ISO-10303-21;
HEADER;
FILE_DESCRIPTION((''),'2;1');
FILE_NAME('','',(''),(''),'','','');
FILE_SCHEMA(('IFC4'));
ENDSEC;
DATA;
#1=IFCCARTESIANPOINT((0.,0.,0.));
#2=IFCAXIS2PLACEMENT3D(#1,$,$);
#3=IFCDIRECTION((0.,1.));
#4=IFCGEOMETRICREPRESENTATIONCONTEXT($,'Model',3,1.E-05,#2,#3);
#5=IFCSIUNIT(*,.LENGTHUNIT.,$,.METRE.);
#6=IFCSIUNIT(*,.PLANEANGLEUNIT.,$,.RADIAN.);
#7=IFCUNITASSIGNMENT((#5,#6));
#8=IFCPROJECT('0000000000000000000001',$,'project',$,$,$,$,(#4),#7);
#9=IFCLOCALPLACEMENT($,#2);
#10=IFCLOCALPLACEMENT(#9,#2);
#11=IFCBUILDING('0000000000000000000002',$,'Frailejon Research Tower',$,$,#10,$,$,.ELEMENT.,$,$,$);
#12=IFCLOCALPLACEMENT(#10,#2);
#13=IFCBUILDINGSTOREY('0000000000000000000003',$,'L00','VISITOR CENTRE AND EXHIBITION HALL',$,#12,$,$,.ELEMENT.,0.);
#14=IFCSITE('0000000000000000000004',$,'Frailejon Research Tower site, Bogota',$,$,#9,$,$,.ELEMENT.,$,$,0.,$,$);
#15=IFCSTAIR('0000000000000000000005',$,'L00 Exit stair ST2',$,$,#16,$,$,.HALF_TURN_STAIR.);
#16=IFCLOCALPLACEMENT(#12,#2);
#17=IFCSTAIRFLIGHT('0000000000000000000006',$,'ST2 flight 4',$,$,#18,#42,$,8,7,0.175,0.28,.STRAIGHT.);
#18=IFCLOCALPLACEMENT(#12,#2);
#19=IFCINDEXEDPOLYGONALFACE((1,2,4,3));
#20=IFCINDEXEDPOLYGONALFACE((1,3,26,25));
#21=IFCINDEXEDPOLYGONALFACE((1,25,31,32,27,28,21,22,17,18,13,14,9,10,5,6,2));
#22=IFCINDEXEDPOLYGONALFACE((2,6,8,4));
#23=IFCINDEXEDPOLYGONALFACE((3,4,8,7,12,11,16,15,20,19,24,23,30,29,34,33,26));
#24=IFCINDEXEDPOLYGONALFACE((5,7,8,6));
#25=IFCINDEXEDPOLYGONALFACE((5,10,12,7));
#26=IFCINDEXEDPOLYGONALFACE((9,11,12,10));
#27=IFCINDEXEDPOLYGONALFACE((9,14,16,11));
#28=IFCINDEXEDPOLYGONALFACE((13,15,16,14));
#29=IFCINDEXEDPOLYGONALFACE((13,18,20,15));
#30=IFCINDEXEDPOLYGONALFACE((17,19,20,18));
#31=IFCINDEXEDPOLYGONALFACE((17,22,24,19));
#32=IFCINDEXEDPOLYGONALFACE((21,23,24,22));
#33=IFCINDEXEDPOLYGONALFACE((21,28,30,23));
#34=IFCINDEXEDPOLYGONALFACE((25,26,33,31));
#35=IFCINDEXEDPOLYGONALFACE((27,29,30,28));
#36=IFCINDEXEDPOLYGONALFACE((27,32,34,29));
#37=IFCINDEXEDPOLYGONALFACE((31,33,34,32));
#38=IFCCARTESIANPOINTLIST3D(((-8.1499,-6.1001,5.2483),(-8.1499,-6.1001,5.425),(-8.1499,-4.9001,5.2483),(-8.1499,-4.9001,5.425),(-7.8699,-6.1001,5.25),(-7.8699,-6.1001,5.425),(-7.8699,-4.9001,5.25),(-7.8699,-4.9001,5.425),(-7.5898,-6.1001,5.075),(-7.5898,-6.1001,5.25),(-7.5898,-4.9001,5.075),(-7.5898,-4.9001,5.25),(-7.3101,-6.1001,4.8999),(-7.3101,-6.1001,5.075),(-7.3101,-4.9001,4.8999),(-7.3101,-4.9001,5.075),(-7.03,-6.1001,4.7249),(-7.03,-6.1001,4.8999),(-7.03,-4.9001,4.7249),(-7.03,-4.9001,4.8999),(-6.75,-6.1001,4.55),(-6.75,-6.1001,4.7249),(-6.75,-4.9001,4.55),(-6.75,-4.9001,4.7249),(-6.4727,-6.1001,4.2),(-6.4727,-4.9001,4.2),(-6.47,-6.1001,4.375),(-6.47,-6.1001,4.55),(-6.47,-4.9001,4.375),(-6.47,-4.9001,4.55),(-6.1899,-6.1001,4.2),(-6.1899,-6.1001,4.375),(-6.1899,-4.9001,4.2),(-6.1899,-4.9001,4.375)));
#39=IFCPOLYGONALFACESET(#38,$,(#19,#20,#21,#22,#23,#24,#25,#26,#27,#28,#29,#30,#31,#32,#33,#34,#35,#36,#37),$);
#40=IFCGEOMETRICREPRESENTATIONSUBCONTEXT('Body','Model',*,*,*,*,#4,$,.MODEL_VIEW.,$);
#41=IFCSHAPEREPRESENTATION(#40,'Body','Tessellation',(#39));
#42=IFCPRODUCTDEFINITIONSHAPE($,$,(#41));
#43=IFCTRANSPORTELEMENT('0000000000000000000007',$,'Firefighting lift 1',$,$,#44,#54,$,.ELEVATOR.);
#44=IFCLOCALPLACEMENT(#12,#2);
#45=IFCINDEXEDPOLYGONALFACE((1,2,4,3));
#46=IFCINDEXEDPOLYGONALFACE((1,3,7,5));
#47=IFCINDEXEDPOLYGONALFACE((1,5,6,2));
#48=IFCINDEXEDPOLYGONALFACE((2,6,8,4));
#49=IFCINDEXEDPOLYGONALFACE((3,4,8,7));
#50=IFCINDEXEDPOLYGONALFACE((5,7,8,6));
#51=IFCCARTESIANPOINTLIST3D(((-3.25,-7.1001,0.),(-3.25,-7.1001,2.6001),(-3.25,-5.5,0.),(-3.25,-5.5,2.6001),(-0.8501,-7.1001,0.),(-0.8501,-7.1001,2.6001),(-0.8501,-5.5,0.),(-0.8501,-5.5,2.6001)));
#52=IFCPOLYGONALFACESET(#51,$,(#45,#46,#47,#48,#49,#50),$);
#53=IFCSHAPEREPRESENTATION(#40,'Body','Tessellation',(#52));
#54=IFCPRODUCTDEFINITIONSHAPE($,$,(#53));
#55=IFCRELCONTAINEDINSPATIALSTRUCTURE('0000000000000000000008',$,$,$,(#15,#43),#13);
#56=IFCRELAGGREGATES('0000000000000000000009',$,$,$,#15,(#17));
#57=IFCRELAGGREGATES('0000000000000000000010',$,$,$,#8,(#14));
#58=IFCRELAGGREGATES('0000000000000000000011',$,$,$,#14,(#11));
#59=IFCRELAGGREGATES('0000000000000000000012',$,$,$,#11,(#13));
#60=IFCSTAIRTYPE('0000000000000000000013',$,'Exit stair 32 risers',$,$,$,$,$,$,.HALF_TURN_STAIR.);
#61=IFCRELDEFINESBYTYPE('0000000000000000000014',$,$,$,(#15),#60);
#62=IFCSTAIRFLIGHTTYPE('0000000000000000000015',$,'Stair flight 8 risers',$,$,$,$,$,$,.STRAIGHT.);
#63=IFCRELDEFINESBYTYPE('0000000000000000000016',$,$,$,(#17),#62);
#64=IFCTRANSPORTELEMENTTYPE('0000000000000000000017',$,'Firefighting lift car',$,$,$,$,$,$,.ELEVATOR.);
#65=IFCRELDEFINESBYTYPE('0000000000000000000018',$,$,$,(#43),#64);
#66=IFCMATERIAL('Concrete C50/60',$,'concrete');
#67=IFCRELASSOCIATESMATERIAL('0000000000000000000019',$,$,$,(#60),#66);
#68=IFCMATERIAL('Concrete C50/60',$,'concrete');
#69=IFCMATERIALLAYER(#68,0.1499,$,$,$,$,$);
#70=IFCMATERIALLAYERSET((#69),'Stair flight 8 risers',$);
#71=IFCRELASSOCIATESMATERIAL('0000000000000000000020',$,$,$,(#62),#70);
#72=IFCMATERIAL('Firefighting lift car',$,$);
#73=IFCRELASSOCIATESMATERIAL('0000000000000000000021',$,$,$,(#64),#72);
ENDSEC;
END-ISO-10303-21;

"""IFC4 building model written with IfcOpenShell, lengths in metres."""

from ifc_helpers import new_model, si_unit, direction, frame, origin, origin_2d, place, context, subcontext, project, spatial, polyline, rectangle, outline, extrude, material, layer, layer_set, type_object, element, aggregate, save


model = new_model("IFC4")

# Units and contexts
model_context = context("Model", 3, precision=1e-05, world=origin(), true_north=direction((0.0, 1.0)))
body_context = subcontext(model_context, "Body", "Model", "MODEL_VIEW")
ifc_project = project(units=[si_unit("LENGTHUNIT", "METRE"), si_unit("PLANEANGLEUNIT", "RADIAN")], contexts=[model_context])

# Site, building, storey
site_placement = place(None, origin())
site = spatial("IfcSite", under=ifc_project, at=site_placement, Name="Frailejon Research Tower site, Bogota", CompositionType="ELEMENT", RefElevation=0.0)
building_placement = place(site_placement, origin())
building = spatial("IfcBuilding", under=site, at=building_placement, Name="Frailejon Research Tower", CompositionType="ELEMENT")
storey_placement = place(building_placement, origin())
storey = spatial("IfcBuildingStorey", under=building, at=storey_placement, Name="L00", Description="VISITOR CENTRE AND EXHIBITION HALL", CompositionType="ELEMENT", Elevation=0.0)

# Stair, stair flight
ifc_material_1 = material(Name="Concrete C50/60", Category="concrete")
stair_type = type_object("IfcStairType", Name="Exit stair 32 risers", PredefinedType="HALF_TURN_STAIR", material=ifc_material_1)
stair_placement = place(storey_placement, origin())
stair = element("IfcStair", 1, at=stair_placement, inside=storey, type_object=stair_type, Name="L00 Exit stair ST2", PredefinedType="HALF_TURN_STAIR")
ifc_material_2 = material(Name="Concrete C50/60", Category="concrete")
ifc_layer_1 = layer(ifc_material_2, 0.1499)
ifc_layer_set_1 = layer_set([ifc_layer_1], Name="Stair flight 8 risers")
stair_flight_type = type_object("IfcStairFlightType", Name="Stair flight 8 risers", PredefinedType="STRAIGHT", material=ifc_layer_set_1)
stair_flight_1_placement = place(storey_placement, frame((-6.1899, -5.5, 4.2), z_axis=(0.0, 0.0, 1.0), x_axis=(-1.0, 0.0, 0.0)))
stair_flight_1 = element("IfcStairFlight", 2, at=stair_flight_1_placement, type_object=stair_flight_type, Name="ST2 flight 4", NumberOfRisers=8, NumberOfTreads=7, PredefinedType="STRAIGHT", RiserHeight=0.175, TreadLength=0.28, context=body_context, shape_type="SweptSolid", body=[
    extrude(outline(polyline([(0.0, 0.0), (0.0, 0.175), (0.28, 0.175), (0.28, 0.3501), (0.5601, 0.3501), (0.5601, 0.5249), (0.8401, 0.5249), (0.8401, 0.7), (1.1201, 0.7), (1.1201, 0.875), (1.3999, 0.875), (1.3999, 1.05), (1.6799, 1.05), (1.6799, 1.2251), (1.96, 1.2251), (1.96, 1.3999), (1.96, 1.0483), (0.2827, 0.0), (0.0, 0.0)])), frame((0.0, 0.6001, 0.0), z_axis=(0.0, -1.0, 0.0), x_axis=(1.0, 0.0, 0.0)), (0.0, 0.0, 1.0), 1.2),
])
aggregate(stair, [stair_flight_1])

# Transport element
ifc_material_3 = material(Name="Firefighting lift car")
transport_element_type = type_object("IfcTransportElementType", Name="Firefighting lift car", PredefinedType="ELEVATOR", material=ifc_material_3)
transport_element_placement = place(storey_placement, frame((-2.05, -6.3, 0.0), z_axis=(0.0, 0.0, 1.0), x_axis=(1.0, 0.0, 0.0)))
element("IfcTransportElement", 3, at=transport_element_placement, inside=storey, type_object=transport_element_type, Name="Firefighting lift 1", PredefinedType="ELEVATOR", context=body_context, shape_type="SweptSolid", body=[
    extrude(rectangle(XDim=2.3999, YDim=1.6001, at=origin_2d()), origin(), (0.0, 0.0, 1.0), 2.6001),
])

save(model, "model.ifc")
